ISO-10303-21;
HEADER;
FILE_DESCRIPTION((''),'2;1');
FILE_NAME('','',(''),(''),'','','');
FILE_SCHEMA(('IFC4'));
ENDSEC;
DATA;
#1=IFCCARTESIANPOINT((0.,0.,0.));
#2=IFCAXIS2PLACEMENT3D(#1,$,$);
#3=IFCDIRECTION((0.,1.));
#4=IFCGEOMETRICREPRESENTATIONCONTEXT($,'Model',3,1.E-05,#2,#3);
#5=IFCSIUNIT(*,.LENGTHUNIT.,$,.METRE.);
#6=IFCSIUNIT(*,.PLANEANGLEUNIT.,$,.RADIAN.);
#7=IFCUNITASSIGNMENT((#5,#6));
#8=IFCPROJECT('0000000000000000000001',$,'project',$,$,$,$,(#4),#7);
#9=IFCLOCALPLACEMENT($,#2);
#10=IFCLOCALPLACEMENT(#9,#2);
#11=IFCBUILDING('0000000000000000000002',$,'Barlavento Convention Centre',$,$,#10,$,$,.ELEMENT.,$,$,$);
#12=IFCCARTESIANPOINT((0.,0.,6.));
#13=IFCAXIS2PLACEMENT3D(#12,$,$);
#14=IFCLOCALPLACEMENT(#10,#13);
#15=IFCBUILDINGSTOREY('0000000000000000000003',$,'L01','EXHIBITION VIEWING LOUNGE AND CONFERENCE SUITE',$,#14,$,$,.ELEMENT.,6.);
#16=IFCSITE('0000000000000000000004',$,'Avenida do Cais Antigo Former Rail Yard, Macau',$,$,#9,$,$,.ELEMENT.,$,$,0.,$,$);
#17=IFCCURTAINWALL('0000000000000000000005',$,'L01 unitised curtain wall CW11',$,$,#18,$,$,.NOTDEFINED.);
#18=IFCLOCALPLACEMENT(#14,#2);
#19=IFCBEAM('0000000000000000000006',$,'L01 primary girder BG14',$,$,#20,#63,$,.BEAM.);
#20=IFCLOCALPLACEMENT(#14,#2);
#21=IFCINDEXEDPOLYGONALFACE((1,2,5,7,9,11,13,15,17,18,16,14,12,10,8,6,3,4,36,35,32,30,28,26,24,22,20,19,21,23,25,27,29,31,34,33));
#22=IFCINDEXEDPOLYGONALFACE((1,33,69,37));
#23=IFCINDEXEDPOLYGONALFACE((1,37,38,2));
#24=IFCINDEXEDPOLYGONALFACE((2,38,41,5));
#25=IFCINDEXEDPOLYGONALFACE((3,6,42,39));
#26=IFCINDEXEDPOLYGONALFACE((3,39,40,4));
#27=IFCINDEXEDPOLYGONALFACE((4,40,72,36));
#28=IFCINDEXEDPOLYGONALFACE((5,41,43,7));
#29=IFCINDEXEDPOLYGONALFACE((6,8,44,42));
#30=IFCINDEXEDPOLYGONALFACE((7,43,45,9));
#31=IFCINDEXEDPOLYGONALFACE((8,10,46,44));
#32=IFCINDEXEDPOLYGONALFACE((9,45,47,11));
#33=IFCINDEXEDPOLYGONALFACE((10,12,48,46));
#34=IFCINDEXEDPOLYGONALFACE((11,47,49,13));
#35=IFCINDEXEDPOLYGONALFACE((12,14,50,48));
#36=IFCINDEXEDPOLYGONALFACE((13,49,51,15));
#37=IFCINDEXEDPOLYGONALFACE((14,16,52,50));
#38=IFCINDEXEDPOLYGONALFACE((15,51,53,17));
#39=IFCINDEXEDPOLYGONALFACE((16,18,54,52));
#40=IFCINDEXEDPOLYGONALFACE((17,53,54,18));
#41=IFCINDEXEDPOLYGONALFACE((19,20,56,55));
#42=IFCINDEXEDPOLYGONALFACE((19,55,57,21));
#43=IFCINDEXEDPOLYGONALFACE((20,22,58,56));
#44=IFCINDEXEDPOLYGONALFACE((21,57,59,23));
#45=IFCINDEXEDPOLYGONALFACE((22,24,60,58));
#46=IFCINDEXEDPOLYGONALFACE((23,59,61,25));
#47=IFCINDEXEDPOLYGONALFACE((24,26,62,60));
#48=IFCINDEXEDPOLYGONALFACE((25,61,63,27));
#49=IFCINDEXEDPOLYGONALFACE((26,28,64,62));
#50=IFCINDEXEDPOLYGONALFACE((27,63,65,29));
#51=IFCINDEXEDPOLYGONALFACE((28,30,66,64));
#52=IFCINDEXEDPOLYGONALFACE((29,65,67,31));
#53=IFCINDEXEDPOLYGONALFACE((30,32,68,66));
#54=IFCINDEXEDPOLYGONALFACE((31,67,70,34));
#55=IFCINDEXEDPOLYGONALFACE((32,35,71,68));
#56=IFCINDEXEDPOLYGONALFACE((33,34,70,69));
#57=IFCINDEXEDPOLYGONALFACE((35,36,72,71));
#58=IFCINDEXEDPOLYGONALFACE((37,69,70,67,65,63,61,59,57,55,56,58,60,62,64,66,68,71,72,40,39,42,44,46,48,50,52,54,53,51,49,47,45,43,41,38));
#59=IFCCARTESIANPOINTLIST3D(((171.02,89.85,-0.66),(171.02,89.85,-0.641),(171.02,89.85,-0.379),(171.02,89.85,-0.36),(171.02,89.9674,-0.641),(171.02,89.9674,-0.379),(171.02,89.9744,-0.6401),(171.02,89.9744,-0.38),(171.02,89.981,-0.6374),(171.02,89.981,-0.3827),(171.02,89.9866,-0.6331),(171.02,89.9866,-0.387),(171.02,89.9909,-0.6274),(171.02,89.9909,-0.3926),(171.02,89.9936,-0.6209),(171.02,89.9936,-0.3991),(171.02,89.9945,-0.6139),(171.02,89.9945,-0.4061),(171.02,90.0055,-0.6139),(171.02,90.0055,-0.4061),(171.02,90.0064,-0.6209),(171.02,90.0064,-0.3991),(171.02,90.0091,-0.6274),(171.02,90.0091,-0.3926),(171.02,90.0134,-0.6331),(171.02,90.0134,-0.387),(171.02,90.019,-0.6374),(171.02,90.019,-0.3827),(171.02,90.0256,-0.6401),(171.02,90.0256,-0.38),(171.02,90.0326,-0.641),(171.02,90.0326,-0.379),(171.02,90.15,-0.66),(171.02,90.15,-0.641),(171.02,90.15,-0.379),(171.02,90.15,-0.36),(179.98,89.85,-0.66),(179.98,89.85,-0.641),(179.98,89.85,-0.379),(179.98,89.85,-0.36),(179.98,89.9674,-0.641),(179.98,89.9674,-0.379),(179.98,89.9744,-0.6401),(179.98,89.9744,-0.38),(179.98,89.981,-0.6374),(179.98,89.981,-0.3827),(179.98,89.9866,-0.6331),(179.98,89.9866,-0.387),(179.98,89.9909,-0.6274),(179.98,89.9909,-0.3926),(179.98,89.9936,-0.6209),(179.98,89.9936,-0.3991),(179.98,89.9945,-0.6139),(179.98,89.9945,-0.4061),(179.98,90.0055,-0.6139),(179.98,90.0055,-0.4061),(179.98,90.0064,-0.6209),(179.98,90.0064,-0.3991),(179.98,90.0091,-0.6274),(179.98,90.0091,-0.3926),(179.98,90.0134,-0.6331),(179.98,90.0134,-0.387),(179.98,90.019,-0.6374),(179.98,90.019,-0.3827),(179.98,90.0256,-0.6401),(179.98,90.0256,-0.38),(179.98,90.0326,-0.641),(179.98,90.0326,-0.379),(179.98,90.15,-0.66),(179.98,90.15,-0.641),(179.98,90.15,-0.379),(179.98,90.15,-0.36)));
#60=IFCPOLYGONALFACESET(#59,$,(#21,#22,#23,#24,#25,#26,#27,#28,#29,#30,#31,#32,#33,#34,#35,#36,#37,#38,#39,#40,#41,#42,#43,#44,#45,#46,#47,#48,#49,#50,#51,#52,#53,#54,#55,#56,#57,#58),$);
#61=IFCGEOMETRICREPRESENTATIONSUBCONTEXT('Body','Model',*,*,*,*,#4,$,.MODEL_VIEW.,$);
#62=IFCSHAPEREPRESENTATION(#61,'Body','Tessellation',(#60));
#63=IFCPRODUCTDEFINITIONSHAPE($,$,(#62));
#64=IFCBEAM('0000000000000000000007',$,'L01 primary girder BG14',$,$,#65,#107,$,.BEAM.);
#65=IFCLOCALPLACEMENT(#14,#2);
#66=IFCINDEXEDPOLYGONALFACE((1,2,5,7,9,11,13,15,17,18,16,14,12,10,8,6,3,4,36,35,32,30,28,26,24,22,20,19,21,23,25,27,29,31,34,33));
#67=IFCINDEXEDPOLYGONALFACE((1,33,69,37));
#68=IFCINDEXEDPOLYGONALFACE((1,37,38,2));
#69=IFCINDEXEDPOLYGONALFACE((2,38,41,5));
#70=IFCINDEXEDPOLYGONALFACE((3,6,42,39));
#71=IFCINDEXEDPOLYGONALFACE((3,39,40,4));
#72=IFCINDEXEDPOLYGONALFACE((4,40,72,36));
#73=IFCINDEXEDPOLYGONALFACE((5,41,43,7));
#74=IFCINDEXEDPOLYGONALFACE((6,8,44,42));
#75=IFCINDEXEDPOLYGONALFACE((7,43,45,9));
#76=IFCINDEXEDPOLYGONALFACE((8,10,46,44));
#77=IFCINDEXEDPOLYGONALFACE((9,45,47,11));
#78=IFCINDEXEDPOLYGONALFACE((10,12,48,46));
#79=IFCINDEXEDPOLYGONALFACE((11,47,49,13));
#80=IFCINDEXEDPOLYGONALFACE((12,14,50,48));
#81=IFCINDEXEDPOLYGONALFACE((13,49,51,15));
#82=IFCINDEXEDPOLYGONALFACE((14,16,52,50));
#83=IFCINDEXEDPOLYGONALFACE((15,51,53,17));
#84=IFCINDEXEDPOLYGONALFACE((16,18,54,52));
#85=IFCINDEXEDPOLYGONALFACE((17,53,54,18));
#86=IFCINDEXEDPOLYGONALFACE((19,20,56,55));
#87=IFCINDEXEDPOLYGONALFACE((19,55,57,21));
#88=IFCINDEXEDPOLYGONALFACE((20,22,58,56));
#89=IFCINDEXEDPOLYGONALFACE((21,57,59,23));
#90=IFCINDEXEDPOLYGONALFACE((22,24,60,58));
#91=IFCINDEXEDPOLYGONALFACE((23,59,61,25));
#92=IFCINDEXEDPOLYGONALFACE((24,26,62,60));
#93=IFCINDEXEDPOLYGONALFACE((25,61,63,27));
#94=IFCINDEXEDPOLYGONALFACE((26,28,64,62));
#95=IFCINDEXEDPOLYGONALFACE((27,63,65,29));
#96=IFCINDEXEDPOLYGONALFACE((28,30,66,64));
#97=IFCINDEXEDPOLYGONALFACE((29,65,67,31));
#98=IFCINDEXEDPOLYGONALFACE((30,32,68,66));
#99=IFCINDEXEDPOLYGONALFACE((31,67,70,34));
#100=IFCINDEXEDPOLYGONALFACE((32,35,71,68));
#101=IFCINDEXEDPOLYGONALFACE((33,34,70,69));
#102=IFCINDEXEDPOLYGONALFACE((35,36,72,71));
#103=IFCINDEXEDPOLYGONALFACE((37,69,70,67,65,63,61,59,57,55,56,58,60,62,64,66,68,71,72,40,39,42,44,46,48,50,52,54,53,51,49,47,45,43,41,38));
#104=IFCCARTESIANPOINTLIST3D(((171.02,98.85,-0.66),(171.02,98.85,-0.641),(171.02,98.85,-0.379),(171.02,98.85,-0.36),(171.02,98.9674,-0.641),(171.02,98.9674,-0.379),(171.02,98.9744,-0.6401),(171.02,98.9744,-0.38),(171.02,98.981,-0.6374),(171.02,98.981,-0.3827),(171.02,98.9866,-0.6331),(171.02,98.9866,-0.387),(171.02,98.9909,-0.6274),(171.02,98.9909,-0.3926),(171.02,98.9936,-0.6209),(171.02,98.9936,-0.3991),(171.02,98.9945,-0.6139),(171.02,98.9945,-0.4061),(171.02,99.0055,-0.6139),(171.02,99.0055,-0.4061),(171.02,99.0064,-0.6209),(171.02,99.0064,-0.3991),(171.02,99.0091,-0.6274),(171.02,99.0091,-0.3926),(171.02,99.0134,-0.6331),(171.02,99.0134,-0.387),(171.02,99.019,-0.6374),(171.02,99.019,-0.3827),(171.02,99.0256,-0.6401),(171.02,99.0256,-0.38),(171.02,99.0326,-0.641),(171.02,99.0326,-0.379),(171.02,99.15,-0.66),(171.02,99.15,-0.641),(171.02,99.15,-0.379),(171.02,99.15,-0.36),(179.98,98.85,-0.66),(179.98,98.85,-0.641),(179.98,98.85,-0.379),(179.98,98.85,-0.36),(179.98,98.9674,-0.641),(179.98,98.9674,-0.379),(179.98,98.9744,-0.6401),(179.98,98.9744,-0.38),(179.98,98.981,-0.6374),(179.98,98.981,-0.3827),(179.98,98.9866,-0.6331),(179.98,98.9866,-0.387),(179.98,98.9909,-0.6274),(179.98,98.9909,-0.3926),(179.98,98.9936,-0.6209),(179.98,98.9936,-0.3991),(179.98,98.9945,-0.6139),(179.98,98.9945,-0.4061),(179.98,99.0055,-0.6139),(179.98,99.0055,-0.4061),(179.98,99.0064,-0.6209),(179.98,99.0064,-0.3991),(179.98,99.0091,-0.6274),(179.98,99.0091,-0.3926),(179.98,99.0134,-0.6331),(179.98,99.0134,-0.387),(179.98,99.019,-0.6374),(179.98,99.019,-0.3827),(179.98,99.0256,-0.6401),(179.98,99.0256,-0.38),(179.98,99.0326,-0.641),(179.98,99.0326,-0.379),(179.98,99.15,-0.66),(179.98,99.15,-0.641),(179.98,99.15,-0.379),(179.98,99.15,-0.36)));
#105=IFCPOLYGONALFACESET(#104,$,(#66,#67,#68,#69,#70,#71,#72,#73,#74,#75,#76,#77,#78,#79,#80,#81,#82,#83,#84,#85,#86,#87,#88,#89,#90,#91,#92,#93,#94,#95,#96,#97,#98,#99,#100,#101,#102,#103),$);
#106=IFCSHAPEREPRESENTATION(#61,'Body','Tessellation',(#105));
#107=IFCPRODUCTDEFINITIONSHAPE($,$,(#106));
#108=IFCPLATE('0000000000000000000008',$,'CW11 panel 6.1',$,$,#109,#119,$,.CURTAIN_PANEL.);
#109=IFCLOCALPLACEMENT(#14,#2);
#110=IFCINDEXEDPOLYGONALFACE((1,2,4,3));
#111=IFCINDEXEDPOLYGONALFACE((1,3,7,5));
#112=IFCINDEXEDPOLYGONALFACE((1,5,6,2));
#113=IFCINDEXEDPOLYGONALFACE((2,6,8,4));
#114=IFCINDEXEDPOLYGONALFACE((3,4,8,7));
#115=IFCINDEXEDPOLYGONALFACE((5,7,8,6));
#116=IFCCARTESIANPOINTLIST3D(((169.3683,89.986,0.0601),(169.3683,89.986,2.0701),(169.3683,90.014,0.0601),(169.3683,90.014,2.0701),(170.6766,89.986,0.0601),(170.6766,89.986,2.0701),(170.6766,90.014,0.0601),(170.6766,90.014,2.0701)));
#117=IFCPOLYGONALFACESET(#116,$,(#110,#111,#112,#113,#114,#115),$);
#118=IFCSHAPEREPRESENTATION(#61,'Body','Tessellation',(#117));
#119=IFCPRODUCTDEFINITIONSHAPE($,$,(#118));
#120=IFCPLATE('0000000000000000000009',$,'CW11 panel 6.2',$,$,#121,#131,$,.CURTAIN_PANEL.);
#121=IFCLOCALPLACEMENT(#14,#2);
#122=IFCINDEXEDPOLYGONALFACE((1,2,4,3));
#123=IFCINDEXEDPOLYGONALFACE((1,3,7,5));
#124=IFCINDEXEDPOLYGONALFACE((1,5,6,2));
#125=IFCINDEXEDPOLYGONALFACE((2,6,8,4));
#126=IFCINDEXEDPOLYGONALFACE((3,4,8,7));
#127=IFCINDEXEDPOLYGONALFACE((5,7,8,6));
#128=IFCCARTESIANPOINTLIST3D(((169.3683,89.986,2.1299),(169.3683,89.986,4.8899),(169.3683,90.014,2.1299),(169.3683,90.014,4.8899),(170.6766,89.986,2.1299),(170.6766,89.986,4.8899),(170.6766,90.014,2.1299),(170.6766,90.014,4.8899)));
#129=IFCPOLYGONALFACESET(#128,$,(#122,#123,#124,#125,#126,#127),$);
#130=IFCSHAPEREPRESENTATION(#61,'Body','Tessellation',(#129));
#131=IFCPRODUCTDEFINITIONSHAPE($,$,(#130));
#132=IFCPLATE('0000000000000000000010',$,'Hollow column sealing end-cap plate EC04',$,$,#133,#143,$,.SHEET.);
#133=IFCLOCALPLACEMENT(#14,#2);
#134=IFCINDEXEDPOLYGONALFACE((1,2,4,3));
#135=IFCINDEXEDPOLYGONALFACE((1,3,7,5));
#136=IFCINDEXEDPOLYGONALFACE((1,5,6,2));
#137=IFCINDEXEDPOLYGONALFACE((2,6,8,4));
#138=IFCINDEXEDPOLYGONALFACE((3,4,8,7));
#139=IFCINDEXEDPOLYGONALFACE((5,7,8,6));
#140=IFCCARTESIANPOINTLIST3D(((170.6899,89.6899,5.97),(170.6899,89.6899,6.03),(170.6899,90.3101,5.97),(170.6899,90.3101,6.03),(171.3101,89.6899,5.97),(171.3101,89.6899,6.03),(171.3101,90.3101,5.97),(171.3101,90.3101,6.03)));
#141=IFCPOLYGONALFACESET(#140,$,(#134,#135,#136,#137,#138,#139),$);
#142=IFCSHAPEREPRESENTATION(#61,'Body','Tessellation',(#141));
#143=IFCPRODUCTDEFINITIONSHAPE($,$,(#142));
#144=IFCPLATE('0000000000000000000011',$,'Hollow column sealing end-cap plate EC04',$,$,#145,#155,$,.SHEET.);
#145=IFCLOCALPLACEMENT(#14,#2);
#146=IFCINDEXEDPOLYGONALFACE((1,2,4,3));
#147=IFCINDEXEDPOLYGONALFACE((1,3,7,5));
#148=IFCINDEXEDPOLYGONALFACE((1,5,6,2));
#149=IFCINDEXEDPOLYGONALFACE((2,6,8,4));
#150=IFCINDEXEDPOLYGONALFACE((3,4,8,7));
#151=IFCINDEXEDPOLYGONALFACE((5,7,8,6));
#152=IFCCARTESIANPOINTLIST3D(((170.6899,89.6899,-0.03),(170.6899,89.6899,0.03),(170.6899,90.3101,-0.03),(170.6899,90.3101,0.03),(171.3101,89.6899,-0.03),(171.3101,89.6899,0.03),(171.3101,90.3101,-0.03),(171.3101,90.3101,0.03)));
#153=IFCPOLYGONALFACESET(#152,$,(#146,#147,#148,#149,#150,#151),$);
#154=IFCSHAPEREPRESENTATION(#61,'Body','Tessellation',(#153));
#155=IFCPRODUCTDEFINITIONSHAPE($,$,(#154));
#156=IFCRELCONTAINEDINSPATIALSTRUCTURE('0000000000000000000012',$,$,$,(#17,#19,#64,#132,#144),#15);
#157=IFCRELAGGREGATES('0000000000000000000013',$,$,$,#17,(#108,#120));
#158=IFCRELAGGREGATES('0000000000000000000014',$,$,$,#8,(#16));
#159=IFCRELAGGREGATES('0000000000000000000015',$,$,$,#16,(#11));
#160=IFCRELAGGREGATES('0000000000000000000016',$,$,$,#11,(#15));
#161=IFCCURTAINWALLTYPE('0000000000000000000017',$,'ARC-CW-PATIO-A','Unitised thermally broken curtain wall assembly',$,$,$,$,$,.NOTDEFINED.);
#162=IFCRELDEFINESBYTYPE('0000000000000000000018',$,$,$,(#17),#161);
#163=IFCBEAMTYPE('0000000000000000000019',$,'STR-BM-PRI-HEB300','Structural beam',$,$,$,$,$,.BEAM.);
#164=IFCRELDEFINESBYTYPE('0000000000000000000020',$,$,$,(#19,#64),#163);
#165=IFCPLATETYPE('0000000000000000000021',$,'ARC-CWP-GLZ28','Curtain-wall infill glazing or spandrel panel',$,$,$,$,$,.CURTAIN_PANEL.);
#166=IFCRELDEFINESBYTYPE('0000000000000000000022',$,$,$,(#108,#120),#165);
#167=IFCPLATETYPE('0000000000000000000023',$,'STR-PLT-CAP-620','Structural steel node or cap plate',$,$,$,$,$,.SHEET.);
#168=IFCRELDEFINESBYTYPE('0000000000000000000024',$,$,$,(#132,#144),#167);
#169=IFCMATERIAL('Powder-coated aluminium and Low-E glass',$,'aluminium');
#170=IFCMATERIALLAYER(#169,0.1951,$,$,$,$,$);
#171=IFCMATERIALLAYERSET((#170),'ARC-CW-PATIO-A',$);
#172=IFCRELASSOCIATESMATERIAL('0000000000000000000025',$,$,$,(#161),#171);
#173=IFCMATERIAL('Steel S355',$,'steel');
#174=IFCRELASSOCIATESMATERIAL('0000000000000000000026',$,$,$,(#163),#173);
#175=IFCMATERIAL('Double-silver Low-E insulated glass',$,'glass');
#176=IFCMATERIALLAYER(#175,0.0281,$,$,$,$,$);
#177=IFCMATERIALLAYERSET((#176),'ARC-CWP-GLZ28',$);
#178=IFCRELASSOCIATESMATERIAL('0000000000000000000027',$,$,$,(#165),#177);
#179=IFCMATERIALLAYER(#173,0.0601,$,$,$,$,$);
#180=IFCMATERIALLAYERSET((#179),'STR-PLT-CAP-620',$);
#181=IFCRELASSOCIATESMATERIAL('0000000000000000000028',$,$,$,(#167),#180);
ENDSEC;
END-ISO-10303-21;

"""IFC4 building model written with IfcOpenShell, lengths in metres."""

from ifc_helpers import new_model, si_unit, direction, frame, origin, origin_2d, place, context, subcontext, project, spatial, rectangle, i_section, extrude, material, layer, layer_set, material_profile, profile_set, type_object, element, aggregate, save


model = new_model("IFC4")

# Units and contexts
model_context = context("Model", 3, precision=1e-05, world=origin(), true_north=direction((0.0, 1.0)))
body_context = subcontext(model_context, "Body", "Model", "MODEL_VIEW")
ifc_project = project(units=[si_unit("LENGTHUNIT", "METRE"), si_unit("PLANEANGLEUNIT", "RADIAN")], contexts=[model_context])

# Site, building, storey
site_placement = place(None, origin())
site = spatial("IfcSite", under=ifc_project, at=site_placement, Name="Avenida do Cais Antigo Former Rail Yard, Macau", CompositionType="ELEMENT", RefElevation=0.0)
building_placement = place(site_placement, origin())
building = spatial("IfcBuilding", under=site, at=building_placement, Name="Barlavento Convention Centre", CompositionType="ELEMENT")
storey_placement = place(building_placement, frame((0.0, 0.0, 6.0)))
storey = spatial("IfcBuildingStorey", under=building, at=storey_placement, Name="L01", Description="EXHIBITION VIEWING LOUNGE AND CONFERENCE SUITE", CompositionType="ELEMENT", Elevation=6.0)

# Shared definitions
ifc_material_1 = material(Name="Steel S355", Category="steel")

# Curtain wall
ifc_material_2 = material(Name="Powder-coated aluminium and Low-E glass", Category="aluminium")
ifc_layer_1 = layer(ifc_material_2, 0.1951)
ifc_layer_set_1 = layer_set([ifc_layer_1], Name="ARC-CW-PATIO-A")
curtain_wall_type = type_object("IfcCurtainWallType", Name="ARC-CW-PATIO-A", Description="Unitised thermally broken curtain wall assembly", PredefinedType="NOTDEFINED", material=ifc_layer_set_1)
curtain_wall_placement = place(storey_placement, origin())
curtain_wall = element("IfcCurtainWall", 1, at=curtain_wall_placement, inside=storey, type_object=curtain_wall_type, Name="L01 unitised curtain wall CW11", PredefinedType="NOTDEFINED")

# Beams
ifc_material_profile_1 = material_profile(ifc_material_1, i_section(OverallWidth=0.3, OverallDepth=0.3, WebThickness=0.011, FlangeThickness=0.019, FilletRadius=0.0271, at=origin_2d()), Name="HEB 300")
ifc_profile_set_1 = profile_set([ifc_material_profile_1], Name="Steel S355")
beam_type_1 = type_object("IfcBeamType", Name="STR-BM-PRI-HEB300", Description="Structural beam", PredefinedType="BEAM", material=ifc_profile_set_1)
for number, where, z_axis, x_axis, name in (
    (2, (171.02, 90.0, -0.51), (1.0, 0.0, 0.0), (0.0, 1.0, 0.0), "L01 primary girder BG14"),
    (3, (171.02, 99.0, -0.51), (1.0, 0.0, 0.0), (0.0, 1.0, 0.0), "L01 primary girder BG14"),
):
    element("IfcBeam", number, at=place(storey_placement, frame(where, z_axis=z_axis, x_axis=x_axis)), inside=storey, type_object=beam_type_1, Name=name, PredefinedType="BEAM", context=body_context, shape_type="SweptSolid", body=[
        extrude(i_section(OverallWidth=0.3, OverallDepth=0.3, WebThickness=0.011, FlangeThickness=0.019, FilletRadius=0.0271, at=origin_2d()), origin(), (0.0, 0.0, 1.0), 8.96),
    ])

# Plates
ifc_material_3 = material(Name="Double-silver Low-E insulated glass", Category="glass")
ifc_layer_2 = layer(ifc_material_3, 0.0281)
ifc_layer_set_2 = layer_set([ifc_layer_2], Name="ARC-CWP-GLZ28")
plate_type_1 = type_object("IfcPlateType", Name="ARC-CWP-GLZ28", Description="Curtain-wall infill glazing or spandrel panel", PredefinedType="CURTAIN_PANEL", material=ifc_layer_set_2)
plate_1_placement = place(storey_placement, frame((170.0225, 90.0, 0.0601), z_axis=(0.0, 0.0, 1.0), x_axis=(1.0, 0.0, 0.0)))
plate_1 = element("IfcPlate", 4, at=plate_1_placement, type_object=plate_type_1, Name="CW11 panel 6.1", PredefinedType="CURTAIN_PANEL", context=body_context, shape_type="SweptSolid", body=[
    extrude(rectangle(XDim=1.3083, YDim=0.0281, at=origin_2d()), origin(), (0.0, 0.0, 1.0), 2.01),
])
plate_2_placement = place(storey_placement, frame((170.0225, 90.0, 2.1299), z_axis=(0.0, 0.0, 1.0), x_axis=(1.0, 0.0, 0.0)))
plate_2 = element("IfcPlate", 5, at=plate_2_placement, type_object=plate_type_1, Name="CW11 panel 6.2", PredefinedType="CURTAIN_PANEL", context=body_context, shape_type="SweptSolid", body=[
    extrude(rectangle(XDim=1.3083, YDim=0.0281, at=origin_2d()), origin(), (0.0, 0.0, 1.0), 2.76),
])
aggregate(curtain_wall, [plate_1, plate_2])

# Plates
ifc_layer_3 = layer(ifc_material_1, 0.0601)
ifc_layer_set_3 = layer_set([ifc_layer_3], Name="STR-PLT-CAP-620")
plate_type_2 = type_object("IfcPlateType", Name="STR-PLT-CAP-620", Description="Structural steel node or cap plate", PredefinedType="SHEET", material=ifc_layer_set_3)
for number, where, z_axis, x_axis, name in (
    (6, (171.0, 90.0, 5.97), (0.0, 0.0, 1.0), (1.0, 0.0, 0.0), "Hollow column sealing end-cap plate EC04"),
    (7, (171.0, 90.0, -0.03), (0.0, 0.0, 1.0), (1.0, 0.0, 0.0), "Hollow column sealing end-cap plate EC04"),
):
    element("IfcPlate", number, at=place(storey_placement, frame(where, z_axis=z_axis, x_axis=x_axis)), inside=storey, type_object=plate_type_2, Name=name, PredefinedType="SHEET", context=body_context, shape_type="SweptSolid", body=[
        extrude(rectangle(XDim=0.6201, YDim=0.6201, at=origin_2d()), origin(), (0.0, 0.0, 1.0), 0.0601),
    ])

save(model, "model.ifc")
